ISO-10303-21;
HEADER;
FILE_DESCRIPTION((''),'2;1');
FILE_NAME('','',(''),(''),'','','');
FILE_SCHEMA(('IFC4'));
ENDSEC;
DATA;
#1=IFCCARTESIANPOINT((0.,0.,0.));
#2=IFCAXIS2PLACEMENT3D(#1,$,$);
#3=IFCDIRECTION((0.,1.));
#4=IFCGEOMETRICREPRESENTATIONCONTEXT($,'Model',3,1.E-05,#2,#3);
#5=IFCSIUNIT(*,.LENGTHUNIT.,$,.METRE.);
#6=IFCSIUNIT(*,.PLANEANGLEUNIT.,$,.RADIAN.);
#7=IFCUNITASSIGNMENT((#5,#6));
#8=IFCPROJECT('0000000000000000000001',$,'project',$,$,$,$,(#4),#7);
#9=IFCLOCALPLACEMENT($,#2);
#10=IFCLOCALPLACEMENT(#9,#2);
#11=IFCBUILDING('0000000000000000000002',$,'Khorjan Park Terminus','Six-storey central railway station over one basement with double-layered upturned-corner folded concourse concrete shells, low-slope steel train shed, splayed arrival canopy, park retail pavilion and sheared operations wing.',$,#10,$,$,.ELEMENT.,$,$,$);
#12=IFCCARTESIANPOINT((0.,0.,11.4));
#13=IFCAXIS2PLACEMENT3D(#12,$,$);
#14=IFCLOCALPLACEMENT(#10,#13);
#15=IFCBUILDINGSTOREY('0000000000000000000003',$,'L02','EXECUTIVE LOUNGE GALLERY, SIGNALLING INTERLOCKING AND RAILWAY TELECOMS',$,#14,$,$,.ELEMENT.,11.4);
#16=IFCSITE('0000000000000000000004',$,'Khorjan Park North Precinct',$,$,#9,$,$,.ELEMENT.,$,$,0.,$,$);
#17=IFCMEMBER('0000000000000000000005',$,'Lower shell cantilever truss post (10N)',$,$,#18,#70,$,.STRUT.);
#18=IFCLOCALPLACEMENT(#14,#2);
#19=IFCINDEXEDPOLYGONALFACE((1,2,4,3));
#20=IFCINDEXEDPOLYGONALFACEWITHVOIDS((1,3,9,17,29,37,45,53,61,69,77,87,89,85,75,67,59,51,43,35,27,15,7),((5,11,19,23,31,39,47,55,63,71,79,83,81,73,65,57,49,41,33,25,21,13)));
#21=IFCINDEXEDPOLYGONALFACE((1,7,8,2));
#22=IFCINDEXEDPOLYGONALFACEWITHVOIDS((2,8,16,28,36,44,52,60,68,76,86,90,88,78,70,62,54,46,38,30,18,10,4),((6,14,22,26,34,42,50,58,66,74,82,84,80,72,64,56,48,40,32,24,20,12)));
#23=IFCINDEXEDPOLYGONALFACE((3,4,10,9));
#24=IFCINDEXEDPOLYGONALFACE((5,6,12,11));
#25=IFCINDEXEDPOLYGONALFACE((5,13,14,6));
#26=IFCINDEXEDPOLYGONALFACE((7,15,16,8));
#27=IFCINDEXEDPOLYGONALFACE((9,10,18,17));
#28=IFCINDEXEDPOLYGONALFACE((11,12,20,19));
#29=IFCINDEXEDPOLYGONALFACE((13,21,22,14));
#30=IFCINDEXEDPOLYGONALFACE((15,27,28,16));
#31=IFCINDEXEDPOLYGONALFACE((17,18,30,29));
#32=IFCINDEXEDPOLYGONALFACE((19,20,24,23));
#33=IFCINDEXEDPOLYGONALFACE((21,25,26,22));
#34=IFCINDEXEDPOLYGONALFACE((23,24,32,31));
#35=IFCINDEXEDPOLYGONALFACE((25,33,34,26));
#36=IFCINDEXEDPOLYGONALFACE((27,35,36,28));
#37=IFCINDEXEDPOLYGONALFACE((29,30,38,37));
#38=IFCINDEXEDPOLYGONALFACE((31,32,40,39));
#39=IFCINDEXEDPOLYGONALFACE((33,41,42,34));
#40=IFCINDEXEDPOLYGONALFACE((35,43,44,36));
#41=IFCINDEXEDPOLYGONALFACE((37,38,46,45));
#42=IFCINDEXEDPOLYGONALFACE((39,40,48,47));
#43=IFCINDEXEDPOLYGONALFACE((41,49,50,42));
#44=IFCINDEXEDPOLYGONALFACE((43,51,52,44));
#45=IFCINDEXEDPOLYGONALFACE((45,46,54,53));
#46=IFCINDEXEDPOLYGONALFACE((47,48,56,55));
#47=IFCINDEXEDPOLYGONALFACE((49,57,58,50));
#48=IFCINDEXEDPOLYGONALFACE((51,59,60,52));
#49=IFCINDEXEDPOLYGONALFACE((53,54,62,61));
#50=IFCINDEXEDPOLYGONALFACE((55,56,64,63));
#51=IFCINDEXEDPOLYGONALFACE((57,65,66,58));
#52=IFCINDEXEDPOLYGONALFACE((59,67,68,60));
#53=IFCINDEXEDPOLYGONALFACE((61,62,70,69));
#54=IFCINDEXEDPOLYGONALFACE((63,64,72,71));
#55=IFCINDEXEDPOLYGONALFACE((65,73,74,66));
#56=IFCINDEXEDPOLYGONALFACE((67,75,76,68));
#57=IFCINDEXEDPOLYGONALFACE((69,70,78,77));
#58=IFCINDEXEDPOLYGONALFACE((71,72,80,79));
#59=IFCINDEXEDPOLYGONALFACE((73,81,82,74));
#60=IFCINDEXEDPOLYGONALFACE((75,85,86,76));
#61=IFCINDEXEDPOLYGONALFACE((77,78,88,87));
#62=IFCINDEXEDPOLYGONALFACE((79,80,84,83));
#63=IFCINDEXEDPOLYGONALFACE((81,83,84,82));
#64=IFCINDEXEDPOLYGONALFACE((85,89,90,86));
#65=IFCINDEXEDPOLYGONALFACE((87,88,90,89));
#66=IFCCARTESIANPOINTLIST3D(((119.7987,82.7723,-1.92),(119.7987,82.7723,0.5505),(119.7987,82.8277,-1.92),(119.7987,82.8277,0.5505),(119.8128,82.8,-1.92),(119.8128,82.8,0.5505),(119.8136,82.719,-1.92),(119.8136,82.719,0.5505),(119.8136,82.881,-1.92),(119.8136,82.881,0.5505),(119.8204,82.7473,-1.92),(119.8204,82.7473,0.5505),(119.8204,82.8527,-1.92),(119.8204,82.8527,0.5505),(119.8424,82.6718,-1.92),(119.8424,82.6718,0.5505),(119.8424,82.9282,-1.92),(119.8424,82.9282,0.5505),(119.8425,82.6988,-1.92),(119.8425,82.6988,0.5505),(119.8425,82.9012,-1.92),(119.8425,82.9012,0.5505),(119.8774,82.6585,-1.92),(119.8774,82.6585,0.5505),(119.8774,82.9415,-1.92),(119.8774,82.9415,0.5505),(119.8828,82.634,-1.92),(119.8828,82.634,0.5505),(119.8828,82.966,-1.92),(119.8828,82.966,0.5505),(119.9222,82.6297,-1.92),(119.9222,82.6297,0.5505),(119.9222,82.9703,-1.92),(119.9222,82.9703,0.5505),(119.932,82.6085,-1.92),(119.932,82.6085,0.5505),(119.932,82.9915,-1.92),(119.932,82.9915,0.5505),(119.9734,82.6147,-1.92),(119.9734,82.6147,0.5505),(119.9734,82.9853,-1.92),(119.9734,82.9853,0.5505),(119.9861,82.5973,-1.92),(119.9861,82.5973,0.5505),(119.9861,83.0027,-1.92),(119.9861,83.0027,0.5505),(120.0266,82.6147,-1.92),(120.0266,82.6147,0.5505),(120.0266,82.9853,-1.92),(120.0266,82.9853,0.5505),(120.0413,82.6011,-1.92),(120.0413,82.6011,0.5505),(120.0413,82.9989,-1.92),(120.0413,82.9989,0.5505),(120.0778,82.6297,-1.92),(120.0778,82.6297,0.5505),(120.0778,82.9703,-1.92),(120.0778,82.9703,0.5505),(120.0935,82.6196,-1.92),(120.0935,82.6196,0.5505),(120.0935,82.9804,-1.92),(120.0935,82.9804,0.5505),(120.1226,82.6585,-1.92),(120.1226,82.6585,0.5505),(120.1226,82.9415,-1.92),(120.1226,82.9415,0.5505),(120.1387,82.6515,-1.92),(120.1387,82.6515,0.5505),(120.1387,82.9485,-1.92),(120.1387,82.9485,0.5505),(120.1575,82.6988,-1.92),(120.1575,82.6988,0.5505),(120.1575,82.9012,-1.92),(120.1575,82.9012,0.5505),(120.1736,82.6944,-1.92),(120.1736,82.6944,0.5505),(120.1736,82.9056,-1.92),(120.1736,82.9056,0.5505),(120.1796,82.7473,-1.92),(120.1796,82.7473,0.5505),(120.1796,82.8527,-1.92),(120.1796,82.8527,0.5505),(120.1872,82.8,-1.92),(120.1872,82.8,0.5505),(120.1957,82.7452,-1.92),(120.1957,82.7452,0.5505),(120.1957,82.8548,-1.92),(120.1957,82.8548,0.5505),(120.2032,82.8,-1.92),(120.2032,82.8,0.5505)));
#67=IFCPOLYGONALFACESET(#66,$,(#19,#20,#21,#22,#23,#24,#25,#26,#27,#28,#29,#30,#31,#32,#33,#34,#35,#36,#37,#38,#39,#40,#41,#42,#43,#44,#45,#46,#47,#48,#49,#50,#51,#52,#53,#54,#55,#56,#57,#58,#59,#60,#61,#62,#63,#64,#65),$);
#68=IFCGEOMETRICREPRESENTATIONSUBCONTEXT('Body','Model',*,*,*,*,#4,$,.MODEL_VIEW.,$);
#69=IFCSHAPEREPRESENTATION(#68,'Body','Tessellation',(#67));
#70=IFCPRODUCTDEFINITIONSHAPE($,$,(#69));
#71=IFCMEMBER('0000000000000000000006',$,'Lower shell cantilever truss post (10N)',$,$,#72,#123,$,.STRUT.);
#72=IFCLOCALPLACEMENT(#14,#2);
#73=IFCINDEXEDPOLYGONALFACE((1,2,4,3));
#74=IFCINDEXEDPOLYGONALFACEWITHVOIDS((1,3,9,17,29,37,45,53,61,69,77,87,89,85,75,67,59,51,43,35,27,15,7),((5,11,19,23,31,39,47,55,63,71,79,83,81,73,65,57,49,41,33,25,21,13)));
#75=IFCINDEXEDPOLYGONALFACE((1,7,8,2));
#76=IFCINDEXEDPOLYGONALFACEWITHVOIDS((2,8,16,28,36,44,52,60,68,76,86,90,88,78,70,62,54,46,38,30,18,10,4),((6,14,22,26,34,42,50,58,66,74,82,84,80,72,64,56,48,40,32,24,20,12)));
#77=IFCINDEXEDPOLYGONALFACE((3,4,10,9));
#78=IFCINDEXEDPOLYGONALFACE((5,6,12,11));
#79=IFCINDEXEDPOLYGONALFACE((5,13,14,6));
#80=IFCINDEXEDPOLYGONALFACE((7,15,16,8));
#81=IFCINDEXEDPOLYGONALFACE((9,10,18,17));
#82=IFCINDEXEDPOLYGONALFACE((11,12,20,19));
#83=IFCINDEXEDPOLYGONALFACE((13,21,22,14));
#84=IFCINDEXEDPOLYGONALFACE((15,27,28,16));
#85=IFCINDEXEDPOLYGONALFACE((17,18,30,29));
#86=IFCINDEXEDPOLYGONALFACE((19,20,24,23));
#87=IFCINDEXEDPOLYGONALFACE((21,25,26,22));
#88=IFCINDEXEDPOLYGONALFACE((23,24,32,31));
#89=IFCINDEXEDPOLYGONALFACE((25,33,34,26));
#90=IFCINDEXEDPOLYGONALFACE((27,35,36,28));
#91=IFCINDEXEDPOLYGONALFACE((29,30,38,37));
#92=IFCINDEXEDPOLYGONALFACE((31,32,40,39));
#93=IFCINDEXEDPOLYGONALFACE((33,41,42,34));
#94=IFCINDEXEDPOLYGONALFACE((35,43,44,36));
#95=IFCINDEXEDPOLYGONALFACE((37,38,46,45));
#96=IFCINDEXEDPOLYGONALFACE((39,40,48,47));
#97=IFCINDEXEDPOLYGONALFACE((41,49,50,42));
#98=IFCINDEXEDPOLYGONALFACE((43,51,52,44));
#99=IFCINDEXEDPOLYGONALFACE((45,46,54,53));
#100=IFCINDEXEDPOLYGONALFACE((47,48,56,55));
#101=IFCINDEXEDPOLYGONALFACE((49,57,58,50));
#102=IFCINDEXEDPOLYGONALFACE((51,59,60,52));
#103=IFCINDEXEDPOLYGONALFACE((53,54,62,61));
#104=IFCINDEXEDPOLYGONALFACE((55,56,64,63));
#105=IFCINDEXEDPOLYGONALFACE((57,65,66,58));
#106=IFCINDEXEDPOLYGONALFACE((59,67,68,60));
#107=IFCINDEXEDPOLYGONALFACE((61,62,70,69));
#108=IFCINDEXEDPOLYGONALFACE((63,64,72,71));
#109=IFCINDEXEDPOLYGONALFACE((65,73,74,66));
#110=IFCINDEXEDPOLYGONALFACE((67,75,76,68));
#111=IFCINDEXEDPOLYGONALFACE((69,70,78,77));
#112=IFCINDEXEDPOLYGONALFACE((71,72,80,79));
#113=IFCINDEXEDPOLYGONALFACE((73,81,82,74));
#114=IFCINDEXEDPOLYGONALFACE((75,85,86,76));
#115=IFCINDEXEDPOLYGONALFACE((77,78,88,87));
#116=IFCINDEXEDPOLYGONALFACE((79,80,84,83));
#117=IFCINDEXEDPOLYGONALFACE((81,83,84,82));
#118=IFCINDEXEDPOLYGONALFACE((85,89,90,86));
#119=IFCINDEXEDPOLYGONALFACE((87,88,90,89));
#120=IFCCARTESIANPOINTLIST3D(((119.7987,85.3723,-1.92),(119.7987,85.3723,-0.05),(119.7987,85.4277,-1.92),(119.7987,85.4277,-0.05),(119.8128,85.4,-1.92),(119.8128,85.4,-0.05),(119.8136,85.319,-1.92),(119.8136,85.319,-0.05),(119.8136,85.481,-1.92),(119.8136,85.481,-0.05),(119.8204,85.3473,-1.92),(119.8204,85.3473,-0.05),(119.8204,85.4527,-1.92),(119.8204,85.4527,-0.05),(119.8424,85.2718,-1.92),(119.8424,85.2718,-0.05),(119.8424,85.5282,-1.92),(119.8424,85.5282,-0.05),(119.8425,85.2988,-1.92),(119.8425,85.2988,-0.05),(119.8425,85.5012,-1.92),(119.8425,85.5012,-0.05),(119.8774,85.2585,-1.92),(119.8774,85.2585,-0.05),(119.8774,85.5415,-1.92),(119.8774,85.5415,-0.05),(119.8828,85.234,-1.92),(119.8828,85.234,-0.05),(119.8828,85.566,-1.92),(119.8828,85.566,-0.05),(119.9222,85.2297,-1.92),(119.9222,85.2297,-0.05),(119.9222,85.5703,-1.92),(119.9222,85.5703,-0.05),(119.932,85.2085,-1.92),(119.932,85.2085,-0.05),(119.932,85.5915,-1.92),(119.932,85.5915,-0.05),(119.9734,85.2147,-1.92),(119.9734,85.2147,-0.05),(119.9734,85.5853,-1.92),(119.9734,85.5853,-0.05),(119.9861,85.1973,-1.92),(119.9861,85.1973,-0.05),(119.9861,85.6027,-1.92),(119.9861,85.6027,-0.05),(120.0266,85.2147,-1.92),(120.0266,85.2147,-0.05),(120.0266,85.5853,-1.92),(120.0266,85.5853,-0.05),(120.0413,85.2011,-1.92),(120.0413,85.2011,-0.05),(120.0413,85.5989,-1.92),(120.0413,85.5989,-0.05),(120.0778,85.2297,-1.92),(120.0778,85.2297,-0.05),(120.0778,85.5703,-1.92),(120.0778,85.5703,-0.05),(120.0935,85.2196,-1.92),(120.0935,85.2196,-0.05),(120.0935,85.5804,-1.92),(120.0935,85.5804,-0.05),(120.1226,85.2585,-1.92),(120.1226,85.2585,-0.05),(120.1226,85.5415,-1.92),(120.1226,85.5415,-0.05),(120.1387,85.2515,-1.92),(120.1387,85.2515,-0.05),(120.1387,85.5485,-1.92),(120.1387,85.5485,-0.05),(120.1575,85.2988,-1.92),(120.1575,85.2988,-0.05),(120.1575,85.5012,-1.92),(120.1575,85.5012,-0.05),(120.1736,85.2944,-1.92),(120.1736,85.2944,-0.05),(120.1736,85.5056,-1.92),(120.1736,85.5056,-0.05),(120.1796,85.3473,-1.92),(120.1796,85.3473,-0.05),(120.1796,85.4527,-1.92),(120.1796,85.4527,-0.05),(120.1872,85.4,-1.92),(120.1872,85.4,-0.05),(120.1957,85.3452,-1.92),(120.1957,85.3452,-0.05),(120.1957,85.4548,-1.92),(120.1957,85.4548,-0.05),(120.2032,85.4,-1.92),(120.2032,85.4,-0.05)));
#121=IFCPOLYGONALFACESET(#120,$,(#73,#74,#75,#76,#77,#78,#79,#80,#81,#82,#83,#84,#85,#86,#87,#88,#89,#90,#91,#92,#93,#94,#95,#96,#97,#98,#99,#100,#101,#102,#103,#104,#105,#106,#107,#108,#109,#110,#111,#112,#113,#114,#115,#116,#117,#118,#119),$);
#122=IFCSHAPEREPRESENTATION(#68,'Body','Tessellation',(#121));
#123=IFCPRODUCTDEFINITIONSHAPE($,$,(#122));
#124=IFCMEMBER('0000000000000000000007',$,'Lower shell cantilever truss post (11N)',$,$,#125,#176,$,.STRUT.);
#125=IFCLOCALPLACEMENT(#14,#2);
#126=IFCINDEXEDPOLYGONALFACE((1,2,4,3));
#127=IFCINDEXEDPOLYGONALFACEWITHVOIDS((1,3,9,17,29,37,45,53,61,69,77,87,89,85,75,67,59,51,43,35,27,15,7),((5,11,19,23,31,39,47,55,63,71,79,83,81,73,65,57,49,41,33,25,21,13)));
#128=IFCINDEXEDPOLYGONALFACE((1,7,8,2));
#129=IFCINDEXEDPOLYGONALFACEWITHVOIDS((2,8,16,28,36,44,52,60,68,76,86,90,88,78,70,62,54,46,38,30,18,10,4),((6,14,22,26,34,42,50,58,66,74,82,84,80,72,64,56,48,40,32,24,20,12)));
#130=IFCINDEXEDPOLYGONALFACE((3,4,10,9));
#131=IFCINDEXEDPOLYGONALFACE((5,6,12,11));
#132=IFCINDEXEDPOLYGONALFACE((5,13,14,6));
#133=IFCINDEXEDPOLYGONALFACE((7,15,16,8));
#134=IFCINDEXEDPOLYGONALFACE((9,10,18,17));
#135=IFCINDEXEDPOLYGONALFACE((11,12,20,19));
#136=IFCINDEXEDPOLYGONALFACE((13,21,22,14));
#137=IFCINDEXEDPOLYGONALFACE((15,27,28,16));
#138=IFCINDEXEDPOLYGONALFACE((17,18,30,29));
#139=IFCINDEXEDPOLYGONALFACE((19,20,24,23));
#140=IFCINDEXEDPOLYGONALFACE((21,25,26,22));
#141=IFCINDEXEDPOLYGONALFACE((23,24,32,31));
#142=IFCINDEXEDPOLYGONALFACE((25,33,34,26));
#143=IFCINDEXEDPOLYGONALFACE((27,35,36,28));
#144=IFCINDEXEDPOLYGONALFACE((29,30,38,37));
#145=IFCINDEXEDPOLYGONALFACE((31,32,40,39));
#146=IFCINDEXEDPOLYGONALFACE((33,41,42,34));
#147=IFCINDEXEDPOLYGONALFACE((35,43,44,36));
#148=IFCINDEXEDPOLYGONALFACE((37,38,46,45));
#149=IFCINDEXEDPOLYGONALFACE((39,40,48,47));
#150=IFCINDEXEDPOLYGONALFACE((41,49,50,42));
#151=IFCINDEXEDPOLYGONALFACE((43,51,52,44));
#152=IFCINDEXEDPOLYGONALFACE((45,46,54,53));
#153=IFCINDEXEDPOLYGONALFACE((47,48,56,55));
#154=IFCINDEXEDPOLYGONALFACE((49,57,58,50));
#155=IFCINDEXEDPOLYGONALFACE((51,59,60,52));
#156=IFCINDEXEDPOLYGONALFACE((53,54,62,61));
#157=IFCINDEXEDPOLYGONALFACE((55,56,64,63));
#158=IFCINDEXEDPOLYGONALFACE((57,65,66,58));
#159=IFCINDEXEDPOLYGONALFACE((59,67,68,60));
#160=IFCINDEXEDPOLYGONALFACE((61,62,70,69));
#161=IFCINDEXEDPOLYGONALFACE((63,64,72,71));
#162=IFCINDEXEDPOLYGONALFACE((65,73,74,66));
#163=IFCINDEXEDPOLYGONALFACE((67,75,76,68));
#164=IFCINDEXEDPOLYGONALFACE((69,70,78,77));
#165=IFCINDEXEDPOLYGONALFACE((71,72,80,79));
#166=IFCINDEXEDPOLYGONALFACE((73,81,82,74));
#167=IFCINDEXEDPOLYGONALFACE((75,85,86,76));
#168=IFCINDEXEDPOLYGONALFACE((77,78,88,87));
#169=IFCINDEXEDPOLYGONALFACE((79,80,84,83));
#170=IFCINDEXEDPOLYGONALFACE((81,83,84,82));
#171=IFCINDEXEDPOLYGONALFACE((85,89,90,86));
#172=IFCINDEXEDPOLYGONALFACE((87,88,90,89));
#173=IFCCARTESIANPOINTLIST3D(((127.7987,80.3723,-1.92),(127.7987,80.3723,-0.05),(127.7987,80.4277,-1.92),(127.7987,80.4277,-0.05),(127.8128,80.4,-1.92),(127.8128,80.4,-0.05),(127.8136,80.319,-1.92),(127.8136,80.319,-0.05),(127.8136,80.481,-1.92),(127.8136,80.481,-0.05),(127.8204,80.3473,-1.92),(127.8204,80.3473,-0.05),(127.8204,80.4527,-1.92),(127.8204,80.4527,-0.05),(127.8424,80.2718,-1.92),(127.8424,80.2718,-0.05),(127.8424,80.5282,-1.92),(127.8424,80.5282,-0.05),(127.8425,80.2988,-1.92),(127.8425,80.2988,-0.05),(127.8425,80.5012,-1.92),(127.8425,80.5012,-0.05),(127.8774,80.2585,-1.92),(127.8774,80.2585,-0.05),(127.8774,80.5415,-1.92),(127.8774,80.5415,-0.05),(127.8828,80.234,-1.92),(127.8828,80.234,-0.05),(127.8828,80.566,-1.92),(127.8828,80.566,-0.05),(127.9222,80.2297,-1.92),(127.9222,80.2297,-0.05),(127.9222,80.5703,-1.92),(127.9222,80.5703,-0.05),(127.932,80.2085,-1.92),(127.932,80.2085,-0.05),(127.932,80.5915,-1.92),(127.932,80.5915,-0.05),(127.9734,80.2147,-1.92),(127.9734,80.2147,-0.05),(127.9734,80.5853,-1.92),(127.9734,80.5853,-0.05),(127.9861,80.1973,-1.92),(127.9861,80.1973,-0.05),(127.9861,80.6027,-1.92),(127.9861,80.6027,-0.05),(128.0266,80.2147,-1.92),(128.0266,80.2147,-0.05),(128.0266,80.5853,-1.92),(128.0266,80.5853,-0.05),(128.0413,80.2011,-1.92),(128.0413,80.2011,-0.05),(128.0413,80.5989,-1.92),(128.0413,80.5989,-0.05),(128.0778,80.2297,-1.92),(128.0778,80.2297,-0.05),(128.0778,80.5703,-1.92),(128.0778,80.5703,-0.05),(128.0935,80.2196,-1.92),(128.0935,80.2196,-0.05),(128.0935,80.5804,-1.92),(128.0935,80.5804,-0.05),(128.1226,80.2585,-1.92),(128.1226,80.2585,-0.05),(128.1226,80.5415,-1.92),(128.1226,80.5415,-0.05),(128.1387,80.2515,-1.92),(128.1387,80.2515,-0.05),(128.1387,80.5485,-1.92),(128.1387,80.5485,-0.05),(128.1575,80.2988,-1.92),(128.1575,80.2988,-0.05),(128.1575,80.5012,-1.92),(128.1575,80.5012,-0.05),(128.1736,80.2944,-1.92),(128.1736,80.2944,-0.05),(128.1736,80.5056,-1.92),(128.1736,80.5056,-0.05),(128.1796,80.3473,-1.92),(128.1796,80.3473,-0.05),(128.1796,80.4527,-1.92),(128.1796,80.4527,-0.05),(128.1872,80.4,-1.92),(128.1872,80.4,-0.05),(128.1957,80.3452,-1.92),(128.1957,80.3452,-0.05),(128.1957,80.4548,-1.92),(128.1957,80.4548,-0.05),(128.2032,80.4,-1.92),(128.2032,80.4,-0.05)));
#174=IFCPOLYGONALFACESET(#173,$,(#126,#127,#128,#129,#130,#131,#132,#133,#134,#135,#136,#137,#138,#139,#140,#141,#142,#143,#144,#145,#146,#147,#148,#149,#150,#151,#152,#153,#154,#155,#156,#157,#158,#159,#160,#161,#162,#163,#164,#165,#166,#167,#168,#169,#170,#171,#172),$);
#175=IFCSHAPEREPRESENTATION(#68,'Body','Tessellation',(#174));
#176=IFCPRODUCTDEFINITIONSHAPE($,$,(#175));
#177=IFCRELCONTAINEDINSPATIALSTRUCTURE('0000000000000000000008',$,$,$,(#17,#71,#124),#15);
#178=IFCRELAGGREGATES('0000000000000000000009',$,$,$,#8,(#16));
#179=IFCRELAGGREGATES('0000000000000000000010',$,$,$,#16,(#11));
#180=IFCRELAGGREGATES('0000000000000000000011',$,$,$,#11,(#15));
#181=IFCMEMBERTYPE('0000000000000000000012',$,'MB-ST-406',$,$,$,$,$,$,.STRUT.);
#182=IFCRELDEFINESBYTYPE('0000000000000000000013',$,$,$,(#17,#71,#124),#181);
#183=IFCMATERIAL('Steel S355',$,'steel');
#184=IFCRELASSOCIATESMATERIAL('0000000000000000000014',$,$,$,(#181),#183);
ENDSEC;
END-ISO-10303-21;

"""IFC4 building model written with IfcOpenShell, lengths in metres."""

from ifc_helpers import new_model, si_unit, direction, frame, origin, origin_2d, place, context, subcontext, project, spatial, hollow_circle, extrude, material, material_profile, profile_set, type_object, element, save


model = new_model("IFC4")

# Units and contexts
model_context = context("Model", 3, precision=1e-05, world=origin(), true_north=direction((0.0, 1.0)))
body_context = subcontext(model_context, "Body", "Model", "MODEL_VIEW")
ifc_project = project(units=[si_unit("LENGTHUNIT", "METRE"), si_unit("PLANEANGLEUNIT", "RADIAN")], contexts=[model_context])

# Site, building, storey
site_placement = place(None, origin())
site = spatial("IfcSite", under=ifc_project, at=site_placement, Name="Khorjan Park North Precinct", CompositionType="ELEMENT", RefElevation=0.0)
building_placement = place(site_placement, origin())
building = spatial("IfcBuilding", under=site, at=building_placement, Name="Khorjan Park Terminus", Description="Six-storey central railway station over one basement with double-layered upturned-corner folded concourse concrete shells, low-slope steel train shed, splayed arrival canopy, park retail pavilion and sheared operations wing.", CompositionType="ELEMENT")
storey_placement = place(building_placement, frame((0.0, 0.0, 11.4)))
storey = spatial("IfcBuildingStorey", under=building, at=storey_placement, Name="L02", Description="EXECUTIVE LOUNGE GALLERY, SIGNALLING INTERLOCKING AND RAILWAY TELECOMS", CompositionType="ELEMENT", Elevation=11.4)

# Members
ifc_material_1 = material(Name="Steel S355", Category="steel")
ifc_material_profile_1 = material_profile(ifc_material_1, hollow_circle(Radius=0.2032, WallThickness=0.016, at=origin_2d()), Name="CHS 406.4x16")
ifc_profile_set_1 = profile_set([ifc_material_profile_1], Name="Steel S355")
member_type_1 = type_object("IfcMemberType", Name="MB-ST-406", PredefinedType="STRUT", material=ifc_profile_set_1)
member_1_placement = place(storey_placement, frame((120.0, 82.8, -1.92), z_axis=(0.0, 0.0, 1.0), x_axis=(1.0, 0.0, 0.0)))
element("IfcMember", 1, at=member_1_placement, inside=storey, type_object=member_type_1, Name="Lower shell cantilever truss post (10N)", PredefinedType="STRUT", context=body_context, shape_type="SweptSolid", body=[
    extrude(hollow_circle(Radius=0.2032, WallThickness=0.016, at=origin_2d()), origin(), (0.0, 0.0, 1.0), 2.4705),
])
for number, where, z_axis, x_axis, name in (
    (2, (120.0, 85.4, -1.92), (0.0, 0.0, 1.0), (1.0, 0.0, 0.0), "Lower shell cantilever truss post (10N)"),
    (3, (128.0, 80.4, -1.92), (0.0, 0.0, 1.0), (1.0, 0.0, 0.0), "Lower shell cantilever truss post (11N)"),
):
    element("IfcMember", number, at=place(storey_placement, frame(where, z_axis=z_axis, x_axis=x_axis)), inside=storey, type_object=member_type_1, Name=name, PredefinedType="STRUT", context=body_context, shape_type="SweptSolid", body=[
        extrude(hollow_circle(Radius=0.2032, WallThickness=0.016, at=origin_2d()), origin(), (0.0, 0.0, 1.0), 1.87),
    ])

save(model, "model.ifc")
